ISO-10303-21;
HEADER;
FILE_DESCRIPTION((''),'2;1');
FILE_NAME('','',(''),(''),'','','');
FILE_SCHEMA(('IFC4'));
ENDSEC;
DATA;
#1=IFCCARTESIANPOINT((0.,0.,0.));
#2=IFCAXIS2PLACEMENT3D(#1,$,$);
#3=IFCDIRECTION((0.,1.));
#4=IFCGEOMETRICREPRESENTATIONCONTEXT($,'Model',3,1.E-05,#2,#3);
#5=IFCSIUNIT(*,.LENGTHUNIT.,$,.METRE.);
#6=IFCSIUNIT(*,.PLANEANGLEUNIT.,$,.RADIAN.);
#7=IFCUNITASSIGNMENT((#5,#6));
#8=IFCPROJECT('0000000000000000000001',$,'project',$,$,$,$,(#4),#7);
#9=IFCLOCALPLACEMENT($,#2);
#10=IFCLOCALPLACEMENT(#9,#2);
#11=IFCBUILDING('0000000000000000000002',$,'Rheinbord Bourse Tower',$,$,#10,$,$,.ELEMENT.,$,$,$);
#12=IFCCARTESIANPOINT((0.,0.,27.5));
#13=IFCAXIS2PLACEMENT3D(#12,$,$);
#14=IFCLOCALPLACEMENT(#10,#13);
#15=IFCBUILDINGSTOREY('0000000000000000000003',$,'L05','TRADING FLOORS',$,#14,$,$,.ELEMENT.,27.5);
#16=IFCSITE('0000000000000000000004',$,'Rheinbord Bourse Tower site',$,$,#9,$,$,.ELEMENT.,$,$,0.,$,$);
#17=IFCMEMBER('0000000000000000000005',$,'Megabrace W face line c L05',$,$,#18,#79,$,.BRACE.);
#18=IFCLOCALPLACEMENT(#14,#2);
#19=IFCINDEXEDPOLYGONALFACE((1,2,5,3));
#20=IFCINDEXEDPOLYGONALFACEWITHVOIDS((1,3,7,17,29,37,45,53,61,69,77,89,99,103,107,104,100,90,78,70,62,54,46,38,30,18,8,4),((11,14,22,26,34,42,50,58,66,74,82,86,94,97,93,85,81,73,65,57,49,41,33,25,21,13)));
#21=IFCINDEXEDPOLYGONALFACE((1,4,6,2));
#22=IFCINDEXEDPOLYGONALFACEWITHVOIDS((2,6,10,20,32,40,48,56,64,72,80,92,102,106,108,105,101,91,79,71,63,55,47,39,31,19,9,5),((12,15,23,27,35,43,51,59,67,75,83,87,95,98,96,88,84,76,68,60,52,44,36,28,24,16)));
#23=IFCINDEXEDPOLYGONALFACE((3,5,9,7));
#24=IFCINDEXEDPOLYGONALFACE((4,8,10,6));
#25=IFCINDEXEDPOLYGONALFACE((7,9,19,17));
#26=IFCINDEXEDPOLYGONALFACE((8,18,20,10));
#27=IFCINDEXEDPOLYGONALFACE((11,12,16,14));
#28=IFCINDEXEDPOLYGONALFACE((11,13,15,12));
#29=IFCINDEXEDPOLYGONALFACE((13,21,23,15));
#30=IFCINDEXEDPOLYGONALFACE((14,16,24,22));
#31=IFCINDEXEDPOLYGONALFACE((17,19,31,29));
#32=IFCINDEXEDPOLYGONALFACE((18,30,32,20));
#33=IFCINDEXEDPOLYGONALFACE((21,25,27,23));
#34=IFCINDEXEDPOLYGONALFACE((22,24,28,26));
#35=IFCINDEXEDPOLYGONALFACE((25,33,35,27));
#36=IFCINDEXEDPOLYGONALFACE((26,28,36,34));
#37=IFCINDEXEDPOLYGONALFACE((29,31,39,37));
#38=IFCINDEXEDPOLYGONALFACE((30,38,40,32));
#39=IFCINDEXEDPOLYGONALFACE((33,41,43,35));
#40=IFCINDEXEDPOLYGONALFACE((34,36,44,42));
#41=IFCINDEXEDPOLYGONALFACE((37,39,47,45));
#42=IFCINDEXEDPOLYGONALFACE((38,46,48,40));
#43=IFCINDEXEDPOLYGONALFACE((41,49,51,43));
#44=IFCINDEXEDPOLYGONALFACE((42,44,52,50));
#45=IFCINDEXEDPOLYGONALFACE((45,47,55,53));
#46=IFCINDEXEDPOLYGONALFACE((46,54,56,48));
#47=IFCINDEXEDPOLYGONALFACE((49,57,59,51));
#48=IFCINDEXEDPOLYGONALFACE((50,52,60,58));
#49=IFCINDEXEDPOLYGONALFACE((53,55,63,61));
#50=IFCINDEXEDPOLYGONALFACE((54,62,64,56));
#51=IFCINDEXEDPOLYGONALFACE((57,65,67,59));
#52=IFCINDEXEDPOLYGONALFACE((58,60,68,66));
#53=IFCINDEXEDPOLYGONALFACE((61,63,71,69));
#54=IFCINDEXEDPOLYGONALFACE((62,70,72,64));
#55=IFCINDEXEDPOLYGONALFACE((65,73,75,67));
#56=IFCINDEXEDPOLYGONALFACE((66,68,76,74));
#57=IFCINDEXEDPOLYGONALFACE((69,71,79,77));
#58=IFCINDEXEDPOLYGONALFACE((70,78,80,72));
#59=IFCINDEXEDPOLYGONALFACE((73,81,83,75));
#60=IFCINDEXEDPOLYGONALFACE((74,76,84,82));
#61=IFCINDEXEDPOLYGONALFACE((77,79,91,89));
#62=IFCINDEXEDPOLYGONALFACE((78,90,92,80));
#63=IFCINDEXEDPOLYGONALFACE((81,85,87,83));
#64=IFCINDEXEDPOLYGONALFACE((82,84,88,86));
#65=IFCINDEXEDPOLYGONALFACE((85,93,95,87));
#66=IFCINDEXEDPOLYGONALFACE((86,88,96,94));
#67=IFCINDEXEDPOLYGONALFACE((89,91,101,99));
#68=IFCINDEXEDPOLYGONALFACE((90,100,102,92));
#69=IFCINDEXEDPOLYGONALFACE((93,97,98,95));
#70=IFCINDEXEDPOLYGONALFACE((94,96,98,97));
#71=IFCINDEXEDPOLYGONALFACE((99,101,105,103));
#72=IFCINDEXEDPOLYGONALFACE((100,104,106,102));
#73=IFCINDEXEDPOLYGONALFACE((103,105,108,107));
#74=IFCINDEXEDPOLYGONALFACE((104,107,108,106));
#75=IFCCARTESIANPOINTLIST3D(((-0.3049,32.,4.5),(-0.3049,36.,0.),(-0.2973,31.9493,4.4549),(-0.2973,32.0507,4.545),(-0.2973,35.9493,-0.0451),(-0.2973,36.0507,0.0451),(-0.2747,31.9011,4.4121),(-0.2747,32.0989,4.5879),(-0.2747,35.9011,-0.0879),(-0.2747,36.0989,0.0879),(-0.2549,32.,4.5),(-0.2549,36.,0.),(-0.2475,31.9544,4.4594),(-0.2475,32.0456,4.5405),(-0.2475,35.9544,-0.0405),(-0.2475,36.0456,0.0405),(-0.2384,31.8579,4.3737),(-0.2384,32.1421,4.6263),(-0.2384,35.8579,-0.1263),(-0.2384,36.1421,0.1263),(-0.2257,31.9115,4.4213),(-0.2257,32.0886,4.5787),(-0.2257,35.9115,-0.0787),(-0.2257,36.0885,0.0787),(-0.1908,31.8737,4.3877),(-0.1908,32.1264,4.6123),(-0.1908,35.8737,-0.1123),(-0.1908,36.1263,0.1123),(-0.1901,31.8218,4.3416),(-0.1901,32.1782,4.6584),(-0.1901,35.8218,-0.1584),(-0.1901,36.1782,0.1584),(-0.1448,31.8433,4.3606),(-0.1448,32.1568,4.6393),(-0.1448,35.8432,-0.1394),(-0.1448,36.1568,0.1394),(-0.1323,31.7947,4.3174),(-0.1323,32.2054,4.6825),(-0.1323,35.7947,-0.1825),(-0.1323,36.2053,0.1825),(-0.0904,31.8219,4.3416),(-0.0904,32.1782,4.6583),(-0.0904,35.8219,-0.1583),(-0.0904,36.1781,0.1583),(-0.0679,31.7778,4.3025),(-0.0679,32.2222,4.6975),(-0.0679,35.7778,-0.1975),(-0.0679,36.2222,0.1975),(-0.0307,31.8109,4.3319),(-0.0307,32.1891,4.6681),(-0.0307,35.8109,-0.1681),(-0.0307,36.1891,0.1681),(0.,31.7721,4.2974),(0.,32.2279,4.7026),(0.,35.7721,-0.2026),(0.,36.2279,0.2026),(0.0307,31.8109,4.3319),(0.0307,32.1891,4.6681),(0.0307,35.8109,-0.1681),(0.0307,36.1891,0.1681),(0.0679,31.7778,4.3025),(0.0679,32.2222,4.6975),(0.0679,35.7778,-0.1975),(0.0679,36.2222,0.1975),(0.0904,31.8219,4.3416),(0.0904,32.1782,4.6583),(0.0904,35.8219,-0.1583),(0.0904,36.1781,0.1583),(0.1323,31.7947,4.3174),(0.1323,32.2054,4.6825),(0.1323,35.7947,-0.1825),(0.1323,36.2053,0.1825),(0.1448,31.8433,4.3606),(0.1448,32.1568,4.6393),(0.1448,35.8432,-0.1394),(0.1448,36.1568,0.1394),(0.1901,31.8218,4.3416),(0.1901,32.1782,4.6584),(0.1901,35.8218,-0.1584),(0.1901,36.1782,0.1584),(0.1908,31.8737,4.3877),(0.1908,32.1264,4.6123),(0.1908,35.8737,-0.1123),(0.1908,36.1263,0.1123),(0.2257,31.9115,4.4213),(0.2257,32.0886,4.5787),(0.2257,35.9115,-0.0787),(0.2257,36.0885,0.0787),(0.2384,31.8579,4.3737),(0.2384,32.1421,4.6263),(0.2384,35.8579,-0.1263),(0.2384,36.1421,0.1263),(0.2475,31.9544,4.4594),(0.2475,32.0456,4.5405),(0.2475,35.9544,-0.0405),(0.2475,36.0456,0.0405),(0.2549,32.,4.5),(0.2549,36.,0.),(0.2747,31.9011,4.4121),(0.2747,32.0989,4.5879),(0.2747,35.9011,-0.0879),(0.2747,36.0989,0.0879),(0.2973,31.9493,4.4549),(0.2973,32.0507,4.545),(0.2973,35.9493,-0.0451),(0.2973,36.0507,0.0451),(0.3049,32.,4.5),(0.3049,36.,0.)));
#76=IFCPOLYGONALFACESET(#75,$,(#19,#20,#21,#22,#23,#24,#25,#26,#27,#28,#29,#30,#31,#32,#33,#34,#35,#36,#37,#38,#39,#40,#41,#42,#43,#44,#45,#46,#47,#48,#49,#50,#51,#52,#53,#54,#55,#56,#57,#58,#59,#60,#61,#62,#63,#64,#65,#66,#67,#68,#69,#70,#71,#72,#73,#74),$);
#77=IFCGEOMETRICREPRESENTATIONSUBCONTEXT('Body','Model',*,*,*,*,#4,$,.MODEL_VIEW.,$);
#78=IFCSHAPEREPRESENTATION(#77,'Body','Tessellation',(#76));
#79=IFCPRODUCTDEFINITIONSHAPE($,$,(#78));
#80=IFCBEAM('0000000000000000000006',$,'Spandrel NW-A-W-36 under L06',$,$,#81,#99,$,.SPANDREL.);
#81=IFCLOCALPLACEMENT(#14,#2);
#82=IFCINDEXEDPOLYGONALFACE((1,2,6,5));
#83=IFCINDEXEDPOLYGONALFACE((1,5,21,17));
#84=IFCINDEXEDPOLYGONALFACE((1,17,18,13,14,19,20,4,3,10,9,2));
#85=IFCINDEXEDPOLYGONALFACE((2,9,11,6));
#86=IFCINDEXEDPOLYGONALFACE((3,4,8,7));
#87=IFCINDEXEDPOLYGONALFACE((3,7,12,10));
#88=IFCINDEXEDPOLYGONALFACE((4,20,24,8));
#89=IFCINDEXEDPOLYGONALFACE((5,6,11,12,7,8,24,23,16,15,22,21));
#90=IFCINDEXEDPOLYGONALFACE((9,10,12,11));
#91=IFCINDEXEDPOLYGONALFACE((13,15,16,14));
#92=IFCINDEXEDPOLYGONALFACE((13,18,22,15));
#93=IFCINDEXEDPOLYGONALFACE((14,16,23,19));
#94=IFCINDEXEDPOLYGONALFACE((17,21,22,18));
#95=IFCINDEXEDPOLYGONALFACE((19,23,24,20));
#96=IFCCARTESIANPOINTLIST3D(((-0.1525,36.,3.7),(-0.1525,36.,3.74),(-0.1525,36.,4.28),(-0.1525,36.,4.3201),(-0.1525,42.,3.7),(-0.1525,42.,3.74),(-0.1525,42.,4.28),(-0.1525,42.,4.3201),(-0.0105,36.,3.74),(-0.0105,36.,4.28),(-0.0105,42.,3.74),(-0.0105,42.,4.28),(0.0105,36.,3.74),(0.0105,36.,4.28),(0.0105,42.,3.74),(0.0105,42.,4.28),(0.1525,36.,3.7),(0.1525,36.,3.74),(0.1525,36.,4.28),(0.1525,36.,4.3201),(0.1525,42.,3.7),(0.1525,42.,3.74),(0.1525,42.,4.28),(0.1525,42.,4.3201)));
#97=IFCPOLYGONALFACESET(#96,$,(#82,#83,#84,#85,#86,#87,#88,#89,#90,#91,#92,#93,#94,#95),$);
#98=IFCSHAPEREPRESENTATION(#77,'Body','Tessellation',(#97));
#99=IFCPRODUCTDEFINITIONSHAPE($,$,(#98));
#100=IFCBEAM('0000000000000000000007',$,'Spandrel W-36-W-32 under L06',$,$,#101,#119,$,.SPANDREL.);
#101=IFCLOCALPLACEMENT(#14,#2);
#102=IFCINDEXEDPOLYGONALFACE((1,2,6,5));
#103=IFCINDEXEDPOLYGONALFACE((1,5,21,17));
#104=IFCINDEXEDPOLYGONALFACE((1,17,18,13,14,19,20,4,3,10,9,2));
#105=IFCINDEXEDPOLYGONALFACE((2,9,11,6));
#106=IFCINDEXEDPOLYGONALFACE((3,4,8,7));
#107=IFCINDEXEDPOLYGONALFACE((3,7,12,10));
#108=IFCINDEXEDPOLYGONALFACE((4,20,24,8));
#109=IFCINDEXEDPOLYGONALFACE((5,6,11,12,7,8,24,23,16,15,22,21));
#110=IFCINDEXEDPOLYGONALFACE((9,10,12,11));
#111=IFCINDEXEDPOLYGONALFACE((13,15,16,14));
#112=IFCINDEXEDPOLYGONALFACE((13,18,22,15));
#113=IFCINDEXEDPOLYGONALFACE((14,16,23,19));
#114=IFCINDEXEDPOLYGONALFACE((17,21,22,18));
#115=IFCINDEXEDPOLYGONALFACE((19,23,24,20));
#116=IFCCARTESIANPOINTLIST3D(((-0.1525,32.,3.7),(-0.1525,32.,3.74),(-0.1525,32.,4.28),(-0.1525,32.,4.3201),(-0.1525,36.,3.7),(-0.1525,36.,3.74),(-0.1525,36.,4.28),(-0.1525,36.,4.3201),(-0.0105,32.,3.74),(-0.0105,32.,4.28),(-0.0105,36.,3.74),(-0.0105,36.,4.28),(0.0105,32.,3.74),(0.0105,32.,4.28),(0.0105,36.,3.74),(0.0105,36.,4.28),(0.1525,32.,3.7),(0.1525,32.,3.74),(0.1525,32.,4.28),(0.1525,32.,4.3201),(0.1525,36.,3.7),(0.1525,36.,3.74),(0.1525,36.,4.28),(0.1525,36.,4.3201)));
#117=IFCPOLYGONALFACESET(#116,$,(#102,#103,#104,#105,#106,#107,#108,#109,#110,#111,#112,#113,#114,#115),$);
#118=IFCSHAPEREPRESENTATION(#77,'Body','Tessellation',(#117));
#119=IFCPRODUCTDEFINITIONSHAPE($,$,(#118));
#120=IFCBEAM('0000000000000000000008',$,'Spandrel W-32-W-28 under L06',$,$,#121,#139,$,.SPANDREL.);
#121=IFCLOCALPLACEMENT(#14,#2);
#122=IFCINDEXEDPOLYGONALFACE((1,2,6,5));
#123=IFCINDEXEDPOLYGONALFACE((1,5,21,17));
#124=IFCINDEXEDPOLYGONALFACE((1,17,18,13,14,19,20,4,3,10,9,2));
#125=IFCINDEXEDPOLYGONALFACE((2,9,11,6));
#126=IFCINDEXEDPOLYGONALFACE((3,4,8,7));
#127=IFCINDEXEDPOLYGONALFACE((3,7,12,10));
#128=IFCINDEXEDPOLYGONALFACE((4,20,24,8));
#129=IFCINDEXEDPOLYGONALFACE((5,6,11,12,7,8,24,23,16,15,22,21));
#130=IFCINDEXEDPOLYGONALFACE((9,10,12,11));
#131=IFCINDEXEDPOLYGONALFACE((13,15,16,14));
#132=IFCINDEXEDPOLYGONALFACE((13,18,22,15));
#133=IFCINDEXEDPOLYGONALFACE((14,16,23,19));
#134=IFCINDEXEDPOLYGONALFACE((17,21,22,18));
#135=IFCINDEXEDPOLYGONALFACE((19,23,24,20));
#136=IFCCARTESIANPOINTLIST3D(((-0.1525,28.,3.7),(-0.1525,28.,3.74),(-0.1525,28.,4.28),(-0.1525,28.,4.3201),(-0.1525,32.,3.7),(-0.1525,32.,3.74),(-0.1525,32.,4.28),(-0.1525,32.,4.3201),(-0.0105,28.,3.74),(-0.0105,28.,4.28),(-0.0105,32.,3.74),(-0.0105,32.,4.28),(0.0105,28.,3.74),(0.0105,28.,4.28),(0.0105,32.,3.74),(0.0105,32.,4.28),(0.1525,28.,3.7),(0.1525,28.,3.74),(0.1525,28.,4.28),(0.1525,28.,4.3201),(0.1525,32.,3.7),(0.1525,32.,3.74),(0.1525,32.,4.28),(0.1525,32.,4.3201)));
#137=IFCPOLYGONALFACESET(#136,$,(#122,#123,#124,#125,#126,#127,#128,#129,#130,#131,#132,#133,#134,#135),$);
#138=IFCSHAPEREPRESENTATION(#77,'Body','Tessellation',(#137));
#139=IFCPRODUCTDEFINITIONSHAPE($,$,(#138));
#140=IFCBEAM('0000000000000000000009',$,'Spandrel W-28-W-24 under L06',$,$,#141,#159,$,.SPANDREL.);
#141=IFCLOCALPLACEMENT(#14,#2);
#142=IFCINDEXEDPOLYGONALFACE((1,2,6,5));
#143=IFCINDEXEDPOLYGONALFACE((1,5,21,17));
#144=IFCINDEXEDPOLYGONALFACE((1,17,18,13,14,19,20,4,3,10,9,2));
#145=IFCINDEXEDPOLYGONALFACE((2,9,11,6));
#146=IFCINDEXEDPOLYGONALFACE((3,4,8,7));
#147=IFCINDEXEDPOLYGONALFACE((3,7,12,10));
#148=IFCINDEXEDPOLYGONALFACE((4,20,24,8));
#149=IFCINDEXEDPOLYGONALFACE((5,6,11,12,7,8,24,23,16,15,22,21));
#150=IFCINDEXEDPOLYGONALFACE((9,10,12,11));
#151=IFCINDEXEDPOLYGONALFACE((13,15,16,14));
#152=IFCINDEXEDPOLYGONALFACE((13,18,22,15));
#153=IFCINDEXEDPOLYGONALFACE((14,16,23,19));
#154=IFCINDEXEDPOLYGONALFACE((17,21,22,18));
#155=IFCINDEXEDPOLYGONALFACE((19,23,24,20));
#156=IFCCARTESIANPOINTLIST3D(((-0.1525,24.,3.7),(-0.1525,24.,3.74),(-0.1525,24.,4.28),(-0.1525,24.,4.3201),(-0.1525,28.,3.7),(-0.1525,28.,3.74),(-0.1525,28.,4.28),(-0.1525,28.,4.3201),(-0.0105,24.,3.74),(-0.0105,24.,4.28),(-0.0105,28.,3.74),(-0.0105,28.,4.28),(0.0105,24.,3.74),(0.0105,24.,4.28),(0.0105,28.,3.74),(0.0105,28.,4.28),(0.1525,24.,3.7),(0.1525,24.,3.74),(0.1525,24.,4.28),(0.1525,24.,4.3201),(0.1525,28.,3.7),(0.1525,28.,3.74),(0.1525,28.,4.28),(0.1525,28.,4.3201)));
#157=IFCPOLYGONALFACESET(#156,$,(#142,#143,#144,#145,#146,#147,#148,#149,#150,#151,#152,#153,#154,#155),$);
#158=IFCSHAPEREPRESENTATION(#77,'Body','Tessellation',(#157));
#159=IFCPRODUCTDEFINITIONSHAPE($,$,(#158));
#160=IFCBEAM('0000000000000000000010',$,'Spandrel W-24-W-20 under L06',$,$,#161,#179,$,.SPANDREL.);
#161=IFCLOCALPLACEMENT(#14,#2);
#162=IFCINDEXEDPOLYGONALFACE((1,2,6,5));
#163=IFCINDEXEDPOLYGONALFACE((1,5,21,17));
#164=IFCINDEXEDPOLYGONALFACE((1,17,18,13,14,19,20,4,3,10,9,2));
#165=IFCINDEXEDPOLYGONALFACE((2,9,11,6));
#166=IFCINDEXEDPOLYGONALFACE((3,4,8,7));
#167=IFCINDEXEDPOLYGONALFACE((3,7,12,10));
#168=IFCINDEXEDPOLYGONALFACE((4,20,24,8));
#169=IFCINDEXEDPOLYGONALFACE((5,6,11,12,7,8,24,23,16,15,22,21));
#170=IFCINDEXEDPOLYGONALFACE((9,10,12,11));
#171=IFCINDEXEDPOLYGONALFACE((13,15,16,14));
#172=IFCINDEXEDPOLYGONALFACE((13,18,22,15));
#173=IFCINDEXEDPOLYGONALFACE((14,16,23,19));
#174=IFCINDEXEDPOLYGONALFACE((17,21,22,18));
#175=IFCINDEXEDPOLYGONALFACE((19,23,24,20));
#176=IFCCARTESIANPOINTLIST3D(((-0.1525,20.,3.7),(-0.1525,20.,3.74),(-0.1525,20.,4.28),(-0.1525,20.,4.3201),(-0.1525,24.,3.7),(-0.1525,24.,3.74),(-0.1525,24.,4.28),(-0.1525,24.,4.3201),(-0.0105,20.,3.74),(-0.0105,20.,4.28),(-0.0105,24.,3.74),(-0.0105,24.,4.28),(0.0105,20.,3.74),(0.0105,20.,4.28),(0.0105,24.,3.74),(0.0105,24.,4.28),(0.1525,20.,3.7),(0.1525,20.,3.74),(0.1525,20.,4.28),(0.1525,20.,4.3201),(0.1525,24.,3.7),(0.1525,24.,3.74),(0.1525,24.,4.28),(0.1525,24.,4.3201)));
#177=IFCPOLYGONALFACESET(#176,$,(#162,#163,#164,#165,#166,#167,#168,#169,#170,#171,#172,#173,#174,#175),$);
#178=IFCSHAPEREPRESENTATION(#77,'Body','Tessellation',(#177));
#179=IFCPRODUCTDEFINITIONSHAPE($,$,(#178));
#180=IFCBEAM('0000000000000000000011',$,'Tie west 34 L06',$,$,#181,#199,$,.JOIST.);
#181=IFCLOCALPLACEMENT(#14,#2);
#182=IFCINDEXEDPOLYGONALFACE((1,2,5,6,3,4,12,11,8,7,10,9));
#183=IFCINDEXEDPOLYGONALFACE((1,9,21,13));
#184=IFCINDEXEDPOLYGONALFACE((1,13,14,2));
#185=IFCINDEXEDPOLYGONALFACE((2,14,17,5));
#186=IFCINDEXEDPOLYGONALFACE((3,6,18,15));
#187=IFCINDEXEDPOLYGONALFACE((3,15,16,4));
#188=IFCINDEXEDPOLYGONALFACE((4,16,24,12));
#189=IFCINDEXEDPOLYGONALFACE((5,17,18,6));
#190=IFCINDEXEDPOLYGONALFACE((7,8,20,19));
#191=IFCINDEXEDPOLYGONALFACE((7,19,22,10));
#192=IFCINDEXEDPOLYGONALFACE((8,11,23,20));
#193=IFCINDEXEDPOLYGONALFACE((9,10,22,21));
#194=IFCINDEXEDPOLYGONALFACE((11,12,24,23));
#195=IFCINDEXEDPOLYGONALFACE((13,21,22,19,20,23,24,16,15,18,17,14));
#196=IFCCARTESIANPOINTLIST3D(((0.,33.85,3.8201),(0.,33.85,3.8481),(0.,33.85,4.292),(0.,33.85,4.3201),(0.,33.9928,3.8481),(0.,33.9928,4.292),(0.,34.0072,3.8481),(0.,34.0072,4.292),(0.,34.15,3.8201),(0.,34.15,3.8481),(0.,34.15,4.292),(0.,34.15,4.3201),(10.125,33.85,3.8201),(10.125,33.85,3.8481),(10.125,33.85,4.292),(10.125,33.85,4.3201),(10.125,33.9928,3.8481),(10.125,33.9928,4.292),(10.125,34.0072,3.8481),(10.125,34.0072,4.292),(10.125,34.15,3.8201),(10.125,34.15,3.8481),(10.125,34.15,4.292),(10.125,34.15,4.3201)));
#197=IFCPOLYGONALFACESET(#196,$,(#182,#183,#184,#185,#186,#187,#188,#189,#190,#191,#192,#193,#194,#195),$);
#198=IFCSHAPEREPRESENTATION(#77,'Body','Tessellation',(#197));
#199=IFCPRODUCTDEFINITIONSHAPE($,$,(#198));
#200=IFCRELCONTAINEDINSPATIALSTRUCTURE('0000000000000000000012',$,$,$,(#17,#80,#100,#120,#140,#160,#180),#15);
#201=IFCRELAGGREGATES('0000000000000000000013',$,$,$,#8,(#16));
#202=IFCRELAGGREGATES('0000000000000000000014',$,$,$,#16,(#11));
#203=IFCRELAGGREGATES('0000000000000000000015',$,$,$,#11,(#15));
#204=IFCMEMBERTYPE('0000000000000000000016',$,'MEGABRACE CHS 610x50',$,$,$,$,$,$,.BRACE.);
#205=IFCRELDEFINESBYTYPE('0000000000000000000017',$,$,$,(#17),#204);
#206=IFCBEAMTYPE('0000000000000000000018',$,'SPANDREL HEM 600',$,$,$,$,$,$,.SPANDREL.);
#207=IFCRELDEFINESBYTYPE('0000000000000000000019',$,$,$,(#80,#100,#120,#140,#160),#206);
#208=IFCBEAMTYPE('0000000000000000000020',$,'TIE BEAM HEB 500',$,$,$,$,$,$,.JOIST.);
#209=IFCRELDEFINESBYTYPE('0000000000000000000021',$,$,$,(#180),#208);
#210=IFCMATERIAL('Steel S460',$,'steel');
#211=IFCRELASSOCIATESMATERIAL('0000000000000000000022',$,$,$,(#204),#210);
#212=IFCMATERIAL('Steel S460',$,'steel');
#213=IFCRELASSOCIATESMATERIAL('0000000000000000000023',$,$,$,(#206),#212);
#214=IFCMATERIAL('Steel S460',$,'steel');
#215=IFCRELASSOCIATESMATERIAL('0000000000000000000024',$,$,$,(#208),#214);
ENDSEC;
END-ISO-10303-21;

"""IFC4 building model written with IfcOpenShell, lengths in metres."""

from ifc_helpers import new_model, si_unit, direction, frame, origin, origin_2d, place, context, subcontext, project, spatial, hollow_circle, i_section, extrude, material, material_profile, profile_set, type_object, element, save


model = new_model("IFC4")

# Units and contexts
model_context = context("Model", 3, precision=1e-05, world=origin(), true_north=direction((0.0, 1.0)))
body_context = subcontext(model_context, "Body", "Model", "MODEL_VIEW")
ifc_project = project(units=[si_unit("LENGTHUNIT", "METRE"), si_unit("PLANEANGLEUNIT", "RADIAN")], contexts=[model_context])

# Site, building, storey
site_placement = place(None, origin())
site = spatial("IfcSite", under=ifc_project, at=site_placement, Name="Rheinbord Bourse Tower site", CompositionType="ELEMENT", RefElevation=0.0)
building_placement = place(site_placement, origin())
building = spatial("IfcBuilding", under=site, at=building_placement, Name="Rheinbord Bourse Tower", CompositionType="ELEMENT")
storey_placement = place(building_placement, frame((0.0, 0.0, 27.5)))
storey = spatial("IfcBuildingStorey", under=building, at=storey_placement, Name="L05", Description="TRADING FLOORS", CompositionType="ELEMENT", Elevation=27.5)

# Member
ifc_material_1 = material(Name="Steel S460", Category="steel")
ifc_material_profile_1 = material_profile(ifc_material_1, hollow_circle(Radius=0.3049, WallThickness=0.05, at=origin_2d()), Name="CHS 610x50")
ifc_profile_set_1 = profile_set([ifc_material_profile_1], Name="Steel S460")
member_type_1 = type_object("IfcMemberType", Name="MEGABRACE CHS 610x50", PredefinedType="BRACE", material=ifc_profile_set_1)
for number, where, z_axis, x_axis, name in (
    (1, (0.0, 36.0, 0.0), (0.0, -0.664364, 0.747409), (1.0, 0.0, 0.0), "Megabrace W face line c L05"),
):
    element("IfcMember", number, at=place(storey_placement, frame(where, z_axis=z_axis, x_axis=x_axis)), inside=storey, type_object=member_type_1, Name=name, PredefinedType="BRACE", context=body_context, shape_type="SweptSolid", body=[
        extrude(hollow_circle(Radius=0.3049, WallThickness=0.05, at=origin_2d()), origin(), (0.0, 0.0, 1.0), 6.0208),
    ])

# Beams
ifc_material_2 = material(Name="Steel S460", Category="steel")
ifc_material_profile_2 = material_profile(ifc_material_2, i_section(OverallWidth=0.3049, OverallDepth=0.6201, WebThickness=0.021, FlangeThickness=0.04, at=origin_2d()), Name="HEM 600")
ifc_profile_set_2 = profile_set([ifc_material_profile_2], Name="Steel S460")
beam_type_1 = type_object("IfcBeamType", Name="SPANDREL HEM 600", PredefinedType="SPANDREL", material=ifc_profile_set_2)
beam_1_placement = place(storey_placement, frame((0.0, 42.0, 4.01), z_axis=(0.0, -1.0, 0.0), x_axis=(1.0, 0.0, 0.0)))
element("IfcBeam", 2, at=beam_1_placement, inside=storey, type_object=beam_type_1, Name="Spandrel NW-A-W-36 under L06", PredefinedType="SPANDREL", context=body_context, shape_type="SweptSolid", body=[
    extrude(i_section(OverallWidth=0.3049, OverallDepth=0.6201, WebThickness=0.021, FlangeThickness=0.04, at=origin_2d()), origin(), (0.0, 0.0, 1.0), 6.0),
])
for number, where, z_axis, x_axis, name in (
    (3, (0.0, 36.0, 4.01), (0.0, -1.0, 0.0), (1.0, 0.0, 0.0), "Spandrel W-36-W-32 under L06"),
    (4, (0.0, 32.0, 4.01), (0.0, -1.0, 0.0), (1.0, 0.0, 0.0), "Spandrel W-32-W-28 under L06"),
    (5, (0.0, 28.0, 4.01), (0.0, -1.0, 0.0), (1.0, 0.0, 0.0), "Spandrel W-28-W-24 under L06"),
    (6, (0.0, 24.0, 4.01), (0.0, -1.0, 0.0), (1.0, 0.0, 0.0), "Spandrel W-24-W-20 under L06"),
):
    element("IfcBeam", number, at=place(storey_placement, frame(where, z_axis=z_axis, x_axis=x_axis)), inside=storey, type_object=beam_type_1, Name=name, PredefinedType="SPANDREL", context=body_context, shape_type="SweptSolid", body=[
        extrude(i_section(OverallWidth=0.3049, OverallDepth=0.6201, WebThickness=0.021, FlangeThickness=0.04, at=origin_2d()), origin(), (0.0, 0.0, 1.0), 4.0),
    ])
ifc_material_3 = material(Name="Steel S460", Category="steel")
ifc_material_profile_3 = material_profile(ifc_material_3, i_section(OverallWidth=0.3, OverallDepth=0.5, WebThickness=0.0144, FlangeThickness=0.0281, at=origin_2d()), Name="HEB 500")
ifc_profile_set_3 = profile_set([ifc_material_profile_3], Name="Steel S460")
beam_type_2 = type_object("IfcBeamType", Name="TIE BEAM HEB 500", PredefinedType="JOIST", material=ifc_profile_set_3)
for number, where, z_axis, x_axis, name in (
    (7, (0.0, 34.0, 4.0701), (1.0, 0.0, 0.0), (0.0, 1.0, 0.0), "Tie west 34 L06"),
):
    element("IfcBeam", number, at=place(storey_placement, frame(where, z_axis=z_axis, x_axis=x_axis)), inside=storey, type_object=beam_type_2, Name=name, PredefinedType="JOIST", context=body_context, shape_type="SweptSolid", body=[
        extrude(i_section(OverallWidth=0.3, OverallDepth=0.5, WebThickness=0.0144, FlangeThickness=0.0281, at=origin_2d()), origin(), (0.0, 0.0, 1.0), 10.125),
    ])

save(model, "model.ifc")
